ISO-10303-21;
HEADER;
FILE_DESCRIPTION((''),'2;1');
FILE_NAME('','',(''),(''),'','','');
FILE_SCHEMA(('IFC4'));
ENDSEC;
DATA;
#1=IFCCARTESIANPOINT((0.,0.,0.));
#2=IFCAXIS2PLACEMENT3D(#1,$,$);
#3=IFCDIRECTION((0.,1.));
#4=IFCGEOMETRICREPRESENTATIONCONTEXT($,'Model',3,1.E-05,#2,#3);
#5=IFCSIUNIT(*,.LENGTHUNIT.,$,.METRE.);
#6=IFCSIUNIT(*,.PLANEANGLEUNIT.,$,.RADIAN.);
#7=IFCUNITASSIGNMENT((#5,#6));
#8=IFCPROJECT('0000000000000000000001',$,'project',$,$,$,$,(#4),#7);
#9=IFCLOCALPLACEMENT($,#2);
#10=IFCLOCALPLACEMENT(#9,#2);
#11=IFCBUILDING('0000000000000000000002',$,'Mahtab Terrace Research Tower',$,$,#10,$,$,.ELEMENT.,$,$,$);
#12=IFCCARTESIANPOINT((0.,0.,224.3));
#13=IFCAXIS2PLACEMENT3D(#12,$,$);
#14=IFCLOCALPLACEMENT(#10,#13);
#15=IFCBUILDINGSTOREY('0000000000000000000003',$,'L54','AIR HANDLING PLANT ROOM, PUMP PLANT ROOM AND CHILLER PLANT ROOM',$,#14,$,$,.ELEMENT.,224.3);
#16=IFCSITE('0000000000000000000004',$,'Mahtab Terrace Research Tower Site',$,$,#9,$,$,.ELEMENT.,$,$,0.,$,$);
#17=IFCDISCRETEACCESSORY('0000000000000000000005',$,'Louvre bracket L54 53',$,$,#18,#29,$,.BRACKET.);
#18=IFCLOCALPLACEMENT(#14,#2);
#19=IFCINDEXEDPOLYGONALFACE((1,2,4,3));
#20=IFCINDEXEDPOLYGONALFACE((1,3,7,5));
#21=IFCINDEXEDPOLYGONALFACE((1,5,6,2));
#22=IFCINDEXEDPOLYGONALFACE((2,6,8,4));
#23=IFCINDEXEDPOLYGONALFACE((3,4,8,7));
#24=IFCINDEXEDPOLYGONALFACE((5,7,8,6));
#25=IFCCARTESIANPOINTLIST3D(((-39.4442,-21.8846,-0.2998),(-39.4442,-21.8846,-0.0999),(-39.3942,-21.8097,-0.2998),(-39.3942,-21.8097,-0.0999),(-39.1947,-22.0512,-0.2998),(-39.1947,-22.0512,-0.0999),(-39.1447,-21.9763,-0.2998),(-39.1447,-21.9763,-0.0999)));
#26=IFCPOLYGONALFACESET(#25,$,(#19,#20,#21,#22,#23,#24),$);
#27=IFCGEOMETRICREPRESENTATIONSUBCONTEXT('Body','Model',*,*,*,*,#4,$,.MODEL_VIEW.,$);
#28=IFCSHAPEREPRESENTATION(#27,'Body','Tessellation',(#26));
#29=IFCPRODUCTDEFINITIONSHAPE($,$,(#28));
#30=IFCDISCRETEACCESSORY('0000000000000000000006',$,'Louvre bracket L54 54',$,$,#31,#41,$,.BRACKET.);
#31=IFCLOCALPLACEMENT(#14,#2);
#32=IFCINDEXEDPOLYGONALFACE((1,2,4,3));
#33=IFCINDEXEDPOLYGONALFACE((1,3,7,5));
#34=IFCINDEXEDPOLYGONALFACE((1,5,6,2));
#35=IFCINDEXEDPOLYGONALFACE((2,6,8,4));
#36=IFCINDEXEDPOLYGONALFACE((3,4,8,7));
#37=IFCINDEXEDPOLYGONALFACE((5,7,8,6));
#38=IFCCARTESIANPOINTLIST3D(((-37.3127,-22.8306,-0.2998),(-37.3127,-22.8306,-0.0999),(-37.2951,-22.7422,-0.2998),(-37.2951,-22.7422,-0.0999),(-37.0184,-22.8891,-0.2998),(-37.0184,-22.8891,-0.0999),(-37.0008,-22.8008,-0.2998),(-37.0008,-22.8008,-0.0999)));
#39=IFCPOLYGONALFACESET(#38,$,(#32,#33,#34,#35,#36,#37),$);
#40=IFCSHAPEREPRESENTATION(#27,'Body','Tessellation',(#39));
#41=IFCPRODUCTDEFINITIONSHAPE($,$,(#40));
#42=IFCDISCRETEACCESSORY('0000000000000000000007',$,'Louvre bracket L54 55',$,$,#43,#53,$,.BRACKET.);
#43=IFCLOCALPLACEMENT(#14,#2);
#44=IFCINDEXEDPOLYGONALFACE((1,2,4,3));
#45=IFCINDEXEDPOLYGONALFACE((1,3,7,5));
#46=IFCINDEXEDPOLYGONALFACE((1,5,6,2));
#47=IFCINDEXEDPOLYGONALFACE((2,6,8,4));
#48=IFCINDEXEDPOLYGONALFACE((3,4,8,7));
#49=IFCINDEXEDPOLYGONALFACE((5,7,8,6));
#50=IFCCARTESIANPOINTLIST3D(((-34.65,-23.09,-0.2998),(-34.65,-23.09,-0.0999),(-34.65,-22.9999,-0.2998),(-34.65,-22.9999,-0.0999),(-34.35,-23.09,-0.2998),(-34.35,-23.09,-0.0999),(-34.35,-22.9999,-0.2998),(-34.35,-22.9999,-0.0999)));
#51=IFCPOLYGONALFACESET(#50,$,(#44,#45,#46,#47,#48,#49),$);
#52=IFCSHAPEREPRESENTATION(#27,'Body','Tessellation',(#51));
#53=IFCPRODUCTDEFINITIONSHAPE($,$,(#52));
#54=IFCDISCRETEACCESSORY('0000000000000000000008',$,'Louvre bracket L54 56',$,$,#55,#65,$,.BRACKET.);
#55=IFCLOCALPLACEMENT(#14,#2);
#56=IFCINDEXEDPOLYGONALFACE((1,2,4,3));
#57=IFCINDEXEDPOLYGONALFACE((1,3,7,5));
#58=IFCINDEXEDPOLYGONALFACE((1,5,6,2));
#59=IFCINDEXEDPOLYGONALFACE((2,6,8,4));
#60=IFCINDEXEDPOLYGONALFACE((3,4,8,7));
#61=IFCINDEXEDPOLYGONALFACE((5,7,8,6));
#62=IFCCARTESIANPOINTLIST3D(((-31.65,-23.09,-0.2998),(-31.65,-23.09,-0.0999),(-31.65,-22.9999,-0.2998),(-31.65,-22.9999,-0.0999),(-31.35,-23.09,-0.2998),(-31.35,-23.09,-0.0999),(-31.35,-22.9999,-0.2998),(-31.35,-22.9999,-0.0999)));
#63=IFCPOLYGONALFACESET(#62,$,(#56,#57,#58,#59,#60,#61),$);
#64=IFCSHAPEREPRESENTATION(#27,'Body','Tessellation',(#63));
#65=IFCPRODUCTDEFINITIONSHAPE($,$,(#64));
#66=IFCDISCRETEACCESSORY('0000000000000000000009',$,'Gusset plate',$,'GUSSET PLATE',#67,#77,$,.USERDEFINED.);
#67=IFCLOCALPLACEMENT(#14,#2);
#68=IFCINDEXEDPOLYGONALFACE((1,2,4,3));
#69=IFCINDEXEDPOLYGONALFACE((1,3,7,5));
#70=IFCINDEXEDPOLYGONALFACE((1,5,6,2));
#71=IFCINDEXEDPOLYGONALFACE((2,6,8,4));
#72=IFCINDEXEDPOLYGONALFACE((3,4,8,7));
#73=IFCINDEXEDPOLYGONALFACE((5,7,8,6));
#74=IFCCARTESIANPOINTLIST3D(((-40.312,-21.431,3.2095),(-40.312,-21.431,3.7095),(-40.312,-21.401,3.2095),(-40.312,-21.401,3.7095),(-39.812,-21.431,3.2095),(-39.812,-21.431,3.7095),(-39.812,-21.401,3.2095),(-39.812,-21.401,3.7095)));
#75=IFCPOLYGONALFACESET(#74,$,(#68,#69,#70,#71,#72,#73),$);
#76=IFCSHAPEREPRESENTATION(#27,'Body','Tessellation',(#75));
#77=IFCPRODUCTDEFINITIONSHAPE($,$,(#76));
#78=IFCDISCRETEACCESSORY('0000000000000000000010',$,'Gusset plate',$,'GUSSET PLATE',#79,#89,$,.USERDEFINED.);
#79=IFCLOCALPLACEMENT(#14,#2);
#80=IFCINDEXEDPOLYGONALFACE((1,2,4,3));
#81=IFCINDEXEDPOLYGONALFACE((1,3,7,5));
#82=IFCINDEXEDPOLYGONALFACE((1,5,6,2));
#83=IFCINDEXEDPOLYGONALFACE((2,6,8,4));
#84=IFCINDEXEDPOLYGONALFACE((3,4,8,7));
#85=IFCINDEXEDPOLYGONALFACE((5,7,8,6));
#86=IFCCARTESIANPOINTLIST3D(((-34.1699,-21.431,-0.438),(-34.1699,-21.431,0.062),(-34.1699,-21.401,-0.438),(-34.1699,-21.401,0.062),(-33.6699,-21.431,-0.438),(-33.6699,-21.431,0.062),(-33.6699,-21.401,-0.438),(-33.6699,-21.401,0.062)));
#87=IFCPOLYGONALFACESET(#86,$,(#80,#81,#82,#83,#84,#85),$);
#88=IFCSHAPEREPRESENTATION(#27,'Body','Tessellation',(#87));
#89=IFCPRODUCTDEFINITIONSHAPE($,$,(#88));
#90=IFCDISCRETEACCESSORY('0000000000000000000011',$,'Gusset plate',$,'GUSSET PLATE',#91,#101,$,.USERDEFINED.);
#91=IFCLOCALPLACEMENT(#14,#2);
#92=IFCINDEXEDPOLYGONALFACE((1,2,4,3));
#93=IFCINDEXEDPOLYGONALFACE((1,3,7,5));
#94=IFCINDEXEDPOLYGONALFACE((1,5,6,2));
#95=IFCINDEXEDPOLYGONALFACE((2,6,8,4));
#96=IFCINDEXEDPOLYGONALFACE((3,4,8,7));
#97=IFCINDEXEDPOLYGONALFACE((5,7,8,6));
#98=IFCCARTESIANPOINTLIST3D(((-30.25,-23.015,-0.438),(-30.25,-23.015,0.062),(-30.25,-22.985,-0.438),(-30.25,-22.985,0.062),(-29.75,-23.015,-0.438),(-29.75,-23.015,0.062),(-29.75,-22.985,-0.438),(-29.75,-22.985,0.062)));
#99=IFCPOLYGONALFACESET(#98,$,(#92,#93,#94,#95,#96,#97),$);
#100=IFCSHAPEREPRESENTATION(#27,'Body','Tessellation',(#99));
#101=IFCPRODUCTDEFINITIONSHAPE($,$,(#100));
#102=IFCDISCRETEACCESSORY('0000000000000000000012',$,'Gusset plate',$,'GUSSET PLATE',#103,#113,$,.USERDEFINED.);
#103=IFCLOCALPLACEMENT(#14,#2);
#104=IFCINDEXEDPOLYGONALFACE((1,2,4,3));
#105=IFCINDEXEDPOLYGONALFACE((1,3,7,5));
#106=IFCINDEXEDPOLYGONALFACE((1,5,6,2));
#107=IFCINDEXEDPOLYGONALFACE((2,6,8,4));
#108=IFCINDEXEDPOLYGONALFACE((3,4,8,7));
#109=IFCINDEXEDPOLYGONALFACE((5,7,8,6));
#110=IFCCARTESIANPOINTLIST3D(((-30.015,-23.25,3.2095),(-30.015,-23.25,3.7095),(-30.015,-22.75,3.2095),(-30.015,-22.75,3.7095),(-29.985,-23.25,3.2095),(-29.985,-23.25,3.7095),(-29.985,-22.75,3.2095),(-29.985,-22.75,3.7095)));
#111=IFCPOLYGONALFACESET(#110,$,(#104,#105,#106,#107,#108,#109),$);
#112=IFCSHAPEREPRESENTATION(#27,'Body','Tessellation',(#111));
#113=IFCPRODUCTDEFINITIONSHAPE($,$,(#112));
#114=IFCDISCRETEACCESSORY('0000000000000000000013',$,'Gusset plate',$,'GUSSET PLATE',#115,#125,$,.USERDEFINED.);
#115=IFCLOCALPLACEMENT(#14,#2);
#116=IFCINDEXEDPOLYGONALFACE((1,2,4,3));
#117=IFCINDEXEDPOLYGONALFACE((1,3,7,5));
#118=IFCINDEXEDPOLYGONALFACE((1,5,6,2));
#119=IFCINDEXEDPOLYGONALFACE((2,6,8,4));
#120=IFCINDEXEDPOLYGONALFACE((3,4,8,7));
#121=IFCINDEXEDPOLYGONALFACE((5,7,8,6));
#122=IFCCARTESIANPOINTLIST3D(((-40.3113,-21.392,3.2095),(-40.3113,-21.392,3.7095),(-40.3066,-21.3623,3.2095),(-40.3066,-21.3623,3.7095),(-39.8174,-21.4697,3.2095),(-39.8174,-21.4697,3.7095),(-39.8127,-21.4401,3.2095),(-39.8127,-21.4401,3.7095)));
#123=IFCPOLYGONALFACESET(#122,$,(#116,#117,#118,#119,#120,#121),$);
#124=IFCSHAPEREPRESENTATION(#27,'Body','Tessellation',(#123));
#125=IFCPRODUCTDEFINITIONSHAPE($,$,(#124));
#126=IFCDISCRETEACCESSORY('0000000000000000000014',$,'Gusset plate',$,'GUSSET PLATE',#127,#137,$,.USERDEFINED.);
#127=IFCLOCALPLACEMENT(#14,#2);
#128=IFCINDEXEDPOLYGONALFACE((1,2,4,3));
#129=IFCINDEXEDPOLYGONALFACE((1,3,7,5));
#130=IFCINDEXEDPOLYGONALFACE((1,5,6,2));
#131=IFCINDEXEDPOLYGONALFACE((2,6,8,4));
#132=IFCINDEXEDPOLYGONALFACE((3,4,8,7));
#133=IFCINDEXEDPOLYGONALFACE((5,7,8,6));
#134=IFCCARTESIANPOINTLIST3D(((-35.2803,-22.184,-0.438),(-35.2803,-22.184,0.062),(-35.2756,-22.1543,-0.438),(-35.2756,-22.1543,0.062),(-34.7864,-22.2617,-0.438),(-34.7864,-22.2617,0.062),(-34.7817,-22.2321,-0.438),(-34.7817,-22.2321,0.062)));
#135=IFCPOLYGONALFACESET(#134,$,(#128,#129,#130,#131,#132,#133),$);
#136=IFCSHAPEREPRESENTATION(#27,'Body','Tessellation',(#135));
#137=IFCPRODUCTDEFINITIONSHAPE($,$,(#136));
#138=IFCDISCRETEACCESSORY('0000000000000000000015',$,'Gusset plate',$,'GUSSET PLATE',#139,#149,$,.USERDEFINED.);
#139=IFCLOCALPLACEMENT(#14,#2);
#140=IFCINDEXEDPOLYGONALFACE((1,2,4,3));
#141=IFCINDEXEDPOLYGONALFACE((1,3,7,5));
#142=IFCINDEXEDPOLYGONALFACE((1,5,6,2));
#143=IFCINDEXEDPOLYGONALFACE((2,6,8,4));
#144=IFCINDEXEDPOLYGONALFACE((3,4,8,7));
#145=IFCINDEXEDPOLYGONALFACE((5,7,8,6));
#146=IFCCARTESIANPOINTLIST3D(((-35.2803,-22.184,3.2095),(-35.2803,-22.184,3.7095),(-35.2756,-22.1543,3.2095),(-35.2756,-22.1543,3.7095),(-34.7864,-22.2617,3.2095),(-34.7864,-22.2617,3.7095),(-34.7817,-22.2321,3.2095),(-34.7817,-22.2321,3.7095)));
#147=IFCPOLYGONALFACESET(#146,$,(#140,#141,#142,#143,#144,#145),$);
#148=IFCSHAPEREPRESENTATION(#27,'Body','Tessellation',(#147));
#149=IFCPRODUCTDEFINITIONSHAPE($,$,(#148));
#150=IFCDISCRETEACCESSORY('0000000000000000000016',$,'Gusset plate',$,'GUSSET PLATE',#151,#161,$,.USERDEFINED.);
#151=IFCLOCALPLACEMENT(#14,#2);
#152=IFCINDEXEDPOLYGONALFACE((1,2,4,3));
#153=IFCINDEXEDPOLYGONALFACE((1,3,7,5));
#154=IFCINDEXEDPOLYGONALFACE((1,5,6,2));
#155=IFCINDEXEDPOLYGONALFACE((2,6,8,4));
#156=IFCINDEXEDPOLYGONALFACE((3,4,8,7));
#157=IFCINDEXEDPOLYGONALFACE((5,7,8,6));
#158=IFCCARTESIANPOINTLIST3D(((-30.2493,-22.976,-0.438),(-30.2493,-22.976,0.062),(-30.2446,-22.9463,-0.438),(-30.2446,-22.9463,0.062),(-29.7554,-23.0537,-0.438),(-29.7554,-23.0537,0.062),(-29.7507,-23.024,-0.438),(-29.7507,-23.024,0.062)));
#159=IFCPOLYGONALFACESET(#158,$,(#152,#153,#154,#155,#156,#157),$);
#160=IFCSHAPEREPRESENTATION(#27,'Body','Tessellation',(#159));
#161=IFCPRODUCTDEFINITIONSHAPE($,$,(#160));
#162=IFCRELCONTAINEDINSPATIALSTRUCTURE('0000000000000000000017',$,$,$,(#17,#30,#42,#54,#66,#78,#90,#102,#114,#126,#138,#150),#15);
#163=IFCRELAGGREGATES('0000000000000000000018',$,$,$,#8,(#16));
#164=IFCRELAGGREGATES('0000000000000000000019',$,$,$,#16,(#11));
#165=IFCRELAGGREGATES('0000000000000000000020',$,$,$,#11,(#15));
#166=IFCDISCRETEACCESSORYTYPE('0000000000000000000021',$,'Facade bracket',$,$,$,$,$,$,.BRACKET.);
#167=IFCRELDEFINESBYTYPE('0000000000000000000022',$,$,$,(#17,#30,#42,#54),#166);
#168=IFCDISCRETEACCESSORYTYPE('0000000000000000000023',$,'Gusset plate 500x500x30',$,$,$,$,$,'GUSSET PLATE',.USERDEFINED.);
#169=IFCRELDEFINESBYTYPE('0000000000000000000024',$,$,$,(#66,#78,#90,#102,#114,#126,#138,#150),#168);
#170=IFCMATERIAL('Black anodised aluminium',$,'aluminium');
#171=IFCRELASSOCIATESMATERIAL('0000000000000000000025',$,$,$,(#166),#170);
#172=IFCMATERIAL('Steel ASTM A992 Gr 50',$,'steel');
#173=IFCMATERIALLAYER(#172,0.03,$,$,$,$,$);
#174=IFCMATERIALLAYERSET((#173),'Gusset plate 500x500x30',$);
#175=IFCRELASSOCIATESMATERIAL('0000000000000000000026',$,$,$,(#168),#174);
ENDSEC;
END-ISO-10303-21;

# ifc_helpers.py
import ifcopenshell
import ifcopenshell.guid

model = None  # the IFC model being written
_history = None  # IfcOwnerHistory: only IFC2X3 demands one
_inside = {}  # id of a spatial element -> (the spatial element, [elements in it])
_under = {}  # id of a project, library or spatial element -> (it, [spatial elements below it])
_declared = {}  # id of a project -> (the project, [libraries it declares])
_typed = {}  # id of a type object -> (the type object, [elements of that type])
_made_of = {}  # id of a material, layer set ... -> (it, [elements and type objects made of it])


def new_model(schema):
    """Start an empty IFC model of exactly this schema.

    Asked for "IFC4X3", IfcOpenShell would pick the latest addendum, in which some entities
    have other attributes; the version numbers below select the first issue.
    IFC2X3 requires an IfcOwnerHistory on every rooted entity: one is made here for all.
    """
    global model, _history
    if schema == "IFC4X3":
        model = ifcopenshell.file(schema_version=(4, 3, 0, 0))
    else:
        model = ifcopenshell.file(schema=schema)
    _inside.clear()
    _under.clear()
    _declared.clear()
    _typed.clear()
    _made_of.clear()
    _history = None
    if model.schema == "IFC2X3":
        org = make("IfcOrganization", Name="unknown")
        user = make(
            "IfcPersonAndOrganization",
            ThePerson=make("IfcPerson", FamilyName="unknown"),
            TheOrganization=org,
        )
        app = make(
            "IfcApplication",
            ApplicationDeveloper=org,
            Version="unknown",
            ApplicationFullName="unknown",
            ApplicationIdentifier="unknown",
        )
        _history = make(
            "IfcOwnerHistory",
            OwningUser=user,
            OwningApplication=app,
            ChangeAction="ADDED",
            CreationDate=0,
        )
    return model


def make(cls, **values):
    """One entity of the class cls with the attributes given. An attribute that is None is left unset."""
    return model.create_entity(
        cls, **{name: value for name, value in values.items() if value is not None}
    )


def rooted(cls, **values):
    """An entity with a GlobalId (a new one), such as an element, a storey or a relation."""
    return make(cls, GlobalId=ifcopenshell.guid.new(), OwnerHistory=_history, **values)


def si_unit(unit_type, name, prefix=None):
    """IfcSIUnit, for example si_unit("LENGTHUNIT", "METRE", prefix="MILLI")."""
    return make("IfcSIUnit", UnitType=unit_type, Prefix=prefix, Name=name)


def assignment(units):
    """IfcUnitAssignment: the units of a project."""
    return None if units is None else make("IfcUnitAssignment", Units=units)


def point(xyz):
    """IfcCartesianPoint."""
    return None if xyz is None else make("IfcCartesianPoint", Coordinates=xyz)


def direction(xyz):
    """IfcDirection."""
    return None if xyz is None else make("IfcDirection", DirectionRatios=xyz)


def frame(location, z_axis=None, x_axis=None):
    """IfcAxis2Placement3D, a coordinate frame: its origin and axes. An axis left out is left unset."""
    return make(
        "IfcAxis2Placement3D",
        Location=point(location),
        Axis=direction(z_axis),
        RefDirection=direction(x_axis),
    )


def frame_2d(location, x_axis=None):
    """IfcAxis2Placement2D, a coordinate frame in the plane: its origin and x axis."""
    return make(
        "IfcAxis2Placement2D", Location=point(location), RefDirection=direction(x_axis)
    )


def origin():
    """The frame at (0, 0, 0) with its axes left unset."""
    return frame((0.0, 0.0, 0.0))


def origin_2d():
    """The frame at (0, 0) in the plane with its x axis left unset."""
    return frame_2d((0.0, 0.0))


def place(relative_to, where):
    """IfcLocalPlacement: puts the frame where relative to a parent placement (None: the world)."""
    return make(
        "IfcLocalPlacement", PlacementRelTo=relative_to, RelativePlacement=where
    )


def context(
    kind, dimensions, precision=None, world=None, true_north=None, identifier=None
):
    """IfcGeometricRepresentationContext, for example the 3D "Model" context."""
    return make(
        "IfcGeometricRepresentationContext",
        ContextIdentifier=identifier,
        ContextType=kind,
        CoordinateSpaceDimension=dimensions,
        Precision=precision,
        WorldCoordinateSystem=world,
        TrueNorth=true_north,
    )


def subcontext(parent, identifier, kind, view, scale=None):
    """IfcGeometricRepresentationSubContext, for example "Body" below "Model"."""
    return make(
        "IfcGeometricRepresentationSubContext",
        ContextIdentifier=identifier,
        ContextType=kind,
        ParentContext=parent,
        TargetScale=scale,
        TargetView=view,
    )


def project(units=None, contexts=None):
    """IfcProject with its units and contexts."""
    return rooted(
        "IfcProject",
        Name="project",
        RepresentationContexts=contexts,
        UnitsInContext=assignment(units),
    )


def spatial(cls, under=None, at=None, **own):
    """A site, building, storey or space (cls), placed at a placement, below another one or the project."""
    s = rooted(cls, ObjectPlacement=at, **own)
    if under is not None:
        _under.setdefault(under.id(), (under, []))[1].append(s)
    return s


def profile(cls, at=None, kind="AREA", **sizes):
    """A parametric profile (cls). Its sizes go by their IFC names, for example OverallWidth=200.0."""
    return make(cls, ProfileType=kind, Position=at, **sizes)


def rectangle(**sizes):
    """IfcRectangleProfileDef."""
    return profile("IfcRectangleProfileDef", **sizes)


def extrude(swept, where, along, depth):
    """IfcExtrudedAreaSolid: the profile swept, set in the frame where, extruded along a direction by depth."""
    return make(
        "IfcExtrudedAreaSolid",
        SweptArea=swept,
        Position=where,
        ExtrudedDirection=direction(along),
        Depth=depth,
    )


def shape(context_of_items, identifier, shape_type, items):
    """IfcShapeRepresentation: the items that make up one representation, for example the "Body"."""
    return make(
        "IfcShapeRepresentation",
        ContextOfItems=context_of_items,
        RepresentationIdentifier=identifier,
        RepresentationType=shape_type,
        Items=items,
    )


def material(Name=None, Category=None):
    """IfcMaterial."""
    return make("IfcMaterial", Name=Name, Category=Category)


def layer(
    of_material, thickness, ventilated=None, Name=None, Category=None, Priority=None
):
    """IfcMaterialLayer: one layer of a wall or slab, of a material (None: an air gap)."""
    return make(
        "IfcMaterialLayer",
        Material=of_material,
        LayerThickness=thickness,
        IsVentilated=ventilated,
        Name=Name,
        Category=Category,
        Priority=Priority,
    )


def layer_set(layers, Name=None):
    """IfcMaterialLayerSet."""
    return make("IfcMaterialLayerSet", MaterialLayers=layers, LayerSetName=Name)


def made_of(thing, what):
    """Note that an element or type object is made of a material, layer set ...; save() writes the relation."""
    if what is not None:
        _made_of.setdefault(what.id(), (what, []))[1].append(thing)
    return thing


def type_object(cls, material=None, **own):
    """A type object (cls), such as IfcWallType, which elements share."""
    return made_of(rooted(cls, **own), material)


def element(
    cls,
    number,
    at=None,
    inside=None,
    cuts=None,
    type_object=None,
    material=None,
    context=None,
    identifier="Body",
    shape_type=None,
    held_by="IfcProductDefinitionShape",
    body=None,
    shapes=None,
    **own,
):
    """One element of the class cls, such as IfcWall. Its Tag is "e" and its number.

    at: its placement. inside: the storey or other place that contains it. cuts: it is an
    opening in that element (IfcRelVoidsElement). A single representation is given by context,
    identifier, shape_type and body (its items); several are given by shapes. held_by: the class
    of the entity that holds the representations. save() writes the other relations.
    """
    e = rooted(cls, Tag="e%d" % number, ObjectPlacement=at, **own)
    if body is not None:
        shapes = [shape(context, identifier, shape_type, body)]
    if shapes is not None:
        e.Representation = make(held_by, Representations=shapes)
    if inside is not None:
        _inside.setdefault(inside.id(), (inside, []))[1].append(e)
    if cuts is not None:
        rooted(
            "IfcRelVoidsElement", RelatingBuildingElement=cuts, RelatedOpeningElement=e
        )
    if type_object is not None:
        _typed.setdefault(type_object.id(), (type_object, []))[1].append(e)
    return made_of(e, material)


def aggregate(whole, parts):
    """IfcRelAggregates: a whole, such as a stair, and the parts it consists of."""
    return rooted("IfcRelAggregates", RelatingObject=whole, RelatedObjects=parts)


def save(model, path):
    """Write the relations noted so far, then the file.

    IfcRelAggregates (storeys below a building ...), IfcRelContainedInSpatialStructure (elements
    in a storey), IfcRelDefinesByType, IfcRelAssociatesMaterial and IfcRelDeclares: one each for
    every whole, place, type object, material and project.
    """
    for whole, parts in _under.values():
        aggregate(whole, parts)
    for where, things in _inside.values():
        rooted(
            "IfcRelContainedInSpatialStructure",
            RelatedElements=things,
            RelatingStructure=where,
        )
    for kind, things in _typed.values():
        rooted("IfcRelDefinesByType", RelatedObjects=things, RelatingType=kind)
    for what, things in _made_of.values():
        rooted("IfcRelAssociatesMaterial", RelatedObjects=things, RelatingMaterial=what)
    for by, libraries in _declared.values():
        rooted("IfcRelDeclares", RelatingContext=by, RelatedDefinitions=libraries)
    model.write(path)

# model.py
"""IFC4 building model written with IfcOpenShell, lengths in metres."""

from ifc_helpers import new_model, si_unit, direction, frame, origin, origin_2d, place, context, subcontext, project, spatial, rectangle, extrude, material, layer, layer_set, type_object, element, save


model = new_model("IFC4")

# Units and contexts
model_context = context("Model", 3, precision=1e-05, world=origin(), true_north=direction((0.0, 1.0)))
body_context = subcontext(model_context, "Body", "Model", "MODEL_VIEW")
ifc_project = project(units=[si_unit("LENGTHUNIT", "METRE"), si_unit("PLANEANGLEUNIT", "RADIAN")], contexts=[model_context])

# Site, building, storey
site_placement = place(None, origin())
site = spatial("IfcSite", under=ifc_project, at=site_placement, Name="Mahtab Terrace Research Tower Site", CompositionType="ELEMENT", RefElevation=0.0)
building_placement = place(site_placement, origin())
building = spatial("IfcBuilding", under=site, at=building_placement, Name="Mahtab Terrace Research Tower", CompositionType="ELEMENT")
storey_placement = place(building_placement, frame((0.0, 0.0, 224.3)))
storey = spatial("IfcBuildingStorey", under=building, at=storey_placement, Name="L54", Description="AIR HANDLING PLANT ROOM, PUMP PLANT ROOM AND CHILLER PLANT ROOM", CompositionType="ELEMENT", Elevation=224.3)

# Shared definitions
ifc_material_1 = material(Name="Steel ASTM A992 Gr 50", Category="steel")

# Discrete accessories
ifc_material_2 = material(Name="Black anodised aluminium", Category="aluminium")
discrete_accessory_type_1 = type_object("IfcDiscreteAccessoryType", Name="Facade bracket", PredefinedType="BRACKET", material=ifc_material_2)
for number, where, z_axis, x_axis, name in (
    (1, (-39.2944, -21.9304, -0.2998), (0.0, 0.0, 1.0), (0.831656, -0.555291, 0.0), "Louvre bracket L54 53"),
    (2, (-37.1567, -22.8157, -0.2998), (0.0, 0.0, 1.0), (0.980761, -0.195212, 0.0), "Louvre bracket L54 54"),
    (3, (-34.5, -23.0449, -0.2998), (0.0, 0.0, 1.0), (1.0, 0.0, 0.0), "Louvre bracket L54 55"),
    (4, (-31.5, -23.0449, -0.2998), (0.0, 0.0, 1.0), (1.0, 0.0, 0.0), "Louvre bracket L54 56"),
):
    element("IfcDiscreteAccessory", number, at=place(storey_placement, frame(where, z_axis=z_axis, x_axis=x_axis)), inside=storey, type_object=discrete_accessory_type_1, Name=name, PredefinedType="BRACKET", context=body_context, shape_type="SweptSolid", body=[
        extrude(rectangle(XDim=0.3, YDim=0.0901, at=origin_2d()), origin(), (0.0, 0.0, 1.0), 0.2),
    ])
ifc_layer = layer(ifc_material_1, 0.03)
ifc_layer_set = layer_set([ifc_layer], Name="Gusset plate 500x500x30")
discrete_accessory_type_2 = type_object("IfcDiscreteAccessoryType", Name="Gusset plate 500x500x30", ElementType="GUSSET PLATE", PredefinedType="USERDEFINED", material=ifc_layer_set)
for number, where, z_axis, x_axis, name in (
    (5, (-40.062, -21.416, 3.2095), (0.0, 0.0, 1.0), (1.0, 0.0, 0.0), "Gusset plate"),
    (6, (-33.9199, -21.416, -0.438), (0.0, 0.0, 1.0), (1.0, 0.0, 0.0), "Gusset plate"),
    (7, (-30.0, -23.0, -0.438), (0.0, 0.0, 1.0), (1.0, 0.0, 0.0), "Gusset plate"),
    (8, (-30.0, -23.0, 3.2095), (0.0, 0.0, 1.0), (0.0, 1.0, 0.0), "Gusset plate"),
    (9, (-40.062, -21.416, 3.2095), (0.0, 0.0, 1.0), (-0.987835, 0.155504, 0.0), "Gusset plate"),
    (10, (-35.031, -22.208, -0.438), (0.0, 0.0, 1.0), (-0.987835, 0.155504, 0.0), "Gusset plate"),
    (11, (-35.031, -22.208, 3.2095), (0.0, 0.0, 1.0), (-0.987835, 0.155504, 0.0), "Gusset plate"),
    (12, (-30.0, -23.0, -0.438), (0.0, 0.0, 1.0), (-0.987835, 0.155504, 0.0), "Gusset plate"),
):
    element("IfcDiscreteAccessory", number, at=place(storey_placement, frame(where, z_axis=z_axis, x_axis=x_axis)), inside=storey, type_object=discrete_accessory_type_2, Name=name, ObjectType="GUSSET PLATE", PredefinedType="USERDEFINED", context=body_context, shape_type="SweptSolid", body=[
        extrude(rectangle(XDim=0.5, YDim=0.03, at=origin_2d()), origin(), (0.0, 0.0, 1.0), 0.5),
    ])

save(model, "model.ifc")
